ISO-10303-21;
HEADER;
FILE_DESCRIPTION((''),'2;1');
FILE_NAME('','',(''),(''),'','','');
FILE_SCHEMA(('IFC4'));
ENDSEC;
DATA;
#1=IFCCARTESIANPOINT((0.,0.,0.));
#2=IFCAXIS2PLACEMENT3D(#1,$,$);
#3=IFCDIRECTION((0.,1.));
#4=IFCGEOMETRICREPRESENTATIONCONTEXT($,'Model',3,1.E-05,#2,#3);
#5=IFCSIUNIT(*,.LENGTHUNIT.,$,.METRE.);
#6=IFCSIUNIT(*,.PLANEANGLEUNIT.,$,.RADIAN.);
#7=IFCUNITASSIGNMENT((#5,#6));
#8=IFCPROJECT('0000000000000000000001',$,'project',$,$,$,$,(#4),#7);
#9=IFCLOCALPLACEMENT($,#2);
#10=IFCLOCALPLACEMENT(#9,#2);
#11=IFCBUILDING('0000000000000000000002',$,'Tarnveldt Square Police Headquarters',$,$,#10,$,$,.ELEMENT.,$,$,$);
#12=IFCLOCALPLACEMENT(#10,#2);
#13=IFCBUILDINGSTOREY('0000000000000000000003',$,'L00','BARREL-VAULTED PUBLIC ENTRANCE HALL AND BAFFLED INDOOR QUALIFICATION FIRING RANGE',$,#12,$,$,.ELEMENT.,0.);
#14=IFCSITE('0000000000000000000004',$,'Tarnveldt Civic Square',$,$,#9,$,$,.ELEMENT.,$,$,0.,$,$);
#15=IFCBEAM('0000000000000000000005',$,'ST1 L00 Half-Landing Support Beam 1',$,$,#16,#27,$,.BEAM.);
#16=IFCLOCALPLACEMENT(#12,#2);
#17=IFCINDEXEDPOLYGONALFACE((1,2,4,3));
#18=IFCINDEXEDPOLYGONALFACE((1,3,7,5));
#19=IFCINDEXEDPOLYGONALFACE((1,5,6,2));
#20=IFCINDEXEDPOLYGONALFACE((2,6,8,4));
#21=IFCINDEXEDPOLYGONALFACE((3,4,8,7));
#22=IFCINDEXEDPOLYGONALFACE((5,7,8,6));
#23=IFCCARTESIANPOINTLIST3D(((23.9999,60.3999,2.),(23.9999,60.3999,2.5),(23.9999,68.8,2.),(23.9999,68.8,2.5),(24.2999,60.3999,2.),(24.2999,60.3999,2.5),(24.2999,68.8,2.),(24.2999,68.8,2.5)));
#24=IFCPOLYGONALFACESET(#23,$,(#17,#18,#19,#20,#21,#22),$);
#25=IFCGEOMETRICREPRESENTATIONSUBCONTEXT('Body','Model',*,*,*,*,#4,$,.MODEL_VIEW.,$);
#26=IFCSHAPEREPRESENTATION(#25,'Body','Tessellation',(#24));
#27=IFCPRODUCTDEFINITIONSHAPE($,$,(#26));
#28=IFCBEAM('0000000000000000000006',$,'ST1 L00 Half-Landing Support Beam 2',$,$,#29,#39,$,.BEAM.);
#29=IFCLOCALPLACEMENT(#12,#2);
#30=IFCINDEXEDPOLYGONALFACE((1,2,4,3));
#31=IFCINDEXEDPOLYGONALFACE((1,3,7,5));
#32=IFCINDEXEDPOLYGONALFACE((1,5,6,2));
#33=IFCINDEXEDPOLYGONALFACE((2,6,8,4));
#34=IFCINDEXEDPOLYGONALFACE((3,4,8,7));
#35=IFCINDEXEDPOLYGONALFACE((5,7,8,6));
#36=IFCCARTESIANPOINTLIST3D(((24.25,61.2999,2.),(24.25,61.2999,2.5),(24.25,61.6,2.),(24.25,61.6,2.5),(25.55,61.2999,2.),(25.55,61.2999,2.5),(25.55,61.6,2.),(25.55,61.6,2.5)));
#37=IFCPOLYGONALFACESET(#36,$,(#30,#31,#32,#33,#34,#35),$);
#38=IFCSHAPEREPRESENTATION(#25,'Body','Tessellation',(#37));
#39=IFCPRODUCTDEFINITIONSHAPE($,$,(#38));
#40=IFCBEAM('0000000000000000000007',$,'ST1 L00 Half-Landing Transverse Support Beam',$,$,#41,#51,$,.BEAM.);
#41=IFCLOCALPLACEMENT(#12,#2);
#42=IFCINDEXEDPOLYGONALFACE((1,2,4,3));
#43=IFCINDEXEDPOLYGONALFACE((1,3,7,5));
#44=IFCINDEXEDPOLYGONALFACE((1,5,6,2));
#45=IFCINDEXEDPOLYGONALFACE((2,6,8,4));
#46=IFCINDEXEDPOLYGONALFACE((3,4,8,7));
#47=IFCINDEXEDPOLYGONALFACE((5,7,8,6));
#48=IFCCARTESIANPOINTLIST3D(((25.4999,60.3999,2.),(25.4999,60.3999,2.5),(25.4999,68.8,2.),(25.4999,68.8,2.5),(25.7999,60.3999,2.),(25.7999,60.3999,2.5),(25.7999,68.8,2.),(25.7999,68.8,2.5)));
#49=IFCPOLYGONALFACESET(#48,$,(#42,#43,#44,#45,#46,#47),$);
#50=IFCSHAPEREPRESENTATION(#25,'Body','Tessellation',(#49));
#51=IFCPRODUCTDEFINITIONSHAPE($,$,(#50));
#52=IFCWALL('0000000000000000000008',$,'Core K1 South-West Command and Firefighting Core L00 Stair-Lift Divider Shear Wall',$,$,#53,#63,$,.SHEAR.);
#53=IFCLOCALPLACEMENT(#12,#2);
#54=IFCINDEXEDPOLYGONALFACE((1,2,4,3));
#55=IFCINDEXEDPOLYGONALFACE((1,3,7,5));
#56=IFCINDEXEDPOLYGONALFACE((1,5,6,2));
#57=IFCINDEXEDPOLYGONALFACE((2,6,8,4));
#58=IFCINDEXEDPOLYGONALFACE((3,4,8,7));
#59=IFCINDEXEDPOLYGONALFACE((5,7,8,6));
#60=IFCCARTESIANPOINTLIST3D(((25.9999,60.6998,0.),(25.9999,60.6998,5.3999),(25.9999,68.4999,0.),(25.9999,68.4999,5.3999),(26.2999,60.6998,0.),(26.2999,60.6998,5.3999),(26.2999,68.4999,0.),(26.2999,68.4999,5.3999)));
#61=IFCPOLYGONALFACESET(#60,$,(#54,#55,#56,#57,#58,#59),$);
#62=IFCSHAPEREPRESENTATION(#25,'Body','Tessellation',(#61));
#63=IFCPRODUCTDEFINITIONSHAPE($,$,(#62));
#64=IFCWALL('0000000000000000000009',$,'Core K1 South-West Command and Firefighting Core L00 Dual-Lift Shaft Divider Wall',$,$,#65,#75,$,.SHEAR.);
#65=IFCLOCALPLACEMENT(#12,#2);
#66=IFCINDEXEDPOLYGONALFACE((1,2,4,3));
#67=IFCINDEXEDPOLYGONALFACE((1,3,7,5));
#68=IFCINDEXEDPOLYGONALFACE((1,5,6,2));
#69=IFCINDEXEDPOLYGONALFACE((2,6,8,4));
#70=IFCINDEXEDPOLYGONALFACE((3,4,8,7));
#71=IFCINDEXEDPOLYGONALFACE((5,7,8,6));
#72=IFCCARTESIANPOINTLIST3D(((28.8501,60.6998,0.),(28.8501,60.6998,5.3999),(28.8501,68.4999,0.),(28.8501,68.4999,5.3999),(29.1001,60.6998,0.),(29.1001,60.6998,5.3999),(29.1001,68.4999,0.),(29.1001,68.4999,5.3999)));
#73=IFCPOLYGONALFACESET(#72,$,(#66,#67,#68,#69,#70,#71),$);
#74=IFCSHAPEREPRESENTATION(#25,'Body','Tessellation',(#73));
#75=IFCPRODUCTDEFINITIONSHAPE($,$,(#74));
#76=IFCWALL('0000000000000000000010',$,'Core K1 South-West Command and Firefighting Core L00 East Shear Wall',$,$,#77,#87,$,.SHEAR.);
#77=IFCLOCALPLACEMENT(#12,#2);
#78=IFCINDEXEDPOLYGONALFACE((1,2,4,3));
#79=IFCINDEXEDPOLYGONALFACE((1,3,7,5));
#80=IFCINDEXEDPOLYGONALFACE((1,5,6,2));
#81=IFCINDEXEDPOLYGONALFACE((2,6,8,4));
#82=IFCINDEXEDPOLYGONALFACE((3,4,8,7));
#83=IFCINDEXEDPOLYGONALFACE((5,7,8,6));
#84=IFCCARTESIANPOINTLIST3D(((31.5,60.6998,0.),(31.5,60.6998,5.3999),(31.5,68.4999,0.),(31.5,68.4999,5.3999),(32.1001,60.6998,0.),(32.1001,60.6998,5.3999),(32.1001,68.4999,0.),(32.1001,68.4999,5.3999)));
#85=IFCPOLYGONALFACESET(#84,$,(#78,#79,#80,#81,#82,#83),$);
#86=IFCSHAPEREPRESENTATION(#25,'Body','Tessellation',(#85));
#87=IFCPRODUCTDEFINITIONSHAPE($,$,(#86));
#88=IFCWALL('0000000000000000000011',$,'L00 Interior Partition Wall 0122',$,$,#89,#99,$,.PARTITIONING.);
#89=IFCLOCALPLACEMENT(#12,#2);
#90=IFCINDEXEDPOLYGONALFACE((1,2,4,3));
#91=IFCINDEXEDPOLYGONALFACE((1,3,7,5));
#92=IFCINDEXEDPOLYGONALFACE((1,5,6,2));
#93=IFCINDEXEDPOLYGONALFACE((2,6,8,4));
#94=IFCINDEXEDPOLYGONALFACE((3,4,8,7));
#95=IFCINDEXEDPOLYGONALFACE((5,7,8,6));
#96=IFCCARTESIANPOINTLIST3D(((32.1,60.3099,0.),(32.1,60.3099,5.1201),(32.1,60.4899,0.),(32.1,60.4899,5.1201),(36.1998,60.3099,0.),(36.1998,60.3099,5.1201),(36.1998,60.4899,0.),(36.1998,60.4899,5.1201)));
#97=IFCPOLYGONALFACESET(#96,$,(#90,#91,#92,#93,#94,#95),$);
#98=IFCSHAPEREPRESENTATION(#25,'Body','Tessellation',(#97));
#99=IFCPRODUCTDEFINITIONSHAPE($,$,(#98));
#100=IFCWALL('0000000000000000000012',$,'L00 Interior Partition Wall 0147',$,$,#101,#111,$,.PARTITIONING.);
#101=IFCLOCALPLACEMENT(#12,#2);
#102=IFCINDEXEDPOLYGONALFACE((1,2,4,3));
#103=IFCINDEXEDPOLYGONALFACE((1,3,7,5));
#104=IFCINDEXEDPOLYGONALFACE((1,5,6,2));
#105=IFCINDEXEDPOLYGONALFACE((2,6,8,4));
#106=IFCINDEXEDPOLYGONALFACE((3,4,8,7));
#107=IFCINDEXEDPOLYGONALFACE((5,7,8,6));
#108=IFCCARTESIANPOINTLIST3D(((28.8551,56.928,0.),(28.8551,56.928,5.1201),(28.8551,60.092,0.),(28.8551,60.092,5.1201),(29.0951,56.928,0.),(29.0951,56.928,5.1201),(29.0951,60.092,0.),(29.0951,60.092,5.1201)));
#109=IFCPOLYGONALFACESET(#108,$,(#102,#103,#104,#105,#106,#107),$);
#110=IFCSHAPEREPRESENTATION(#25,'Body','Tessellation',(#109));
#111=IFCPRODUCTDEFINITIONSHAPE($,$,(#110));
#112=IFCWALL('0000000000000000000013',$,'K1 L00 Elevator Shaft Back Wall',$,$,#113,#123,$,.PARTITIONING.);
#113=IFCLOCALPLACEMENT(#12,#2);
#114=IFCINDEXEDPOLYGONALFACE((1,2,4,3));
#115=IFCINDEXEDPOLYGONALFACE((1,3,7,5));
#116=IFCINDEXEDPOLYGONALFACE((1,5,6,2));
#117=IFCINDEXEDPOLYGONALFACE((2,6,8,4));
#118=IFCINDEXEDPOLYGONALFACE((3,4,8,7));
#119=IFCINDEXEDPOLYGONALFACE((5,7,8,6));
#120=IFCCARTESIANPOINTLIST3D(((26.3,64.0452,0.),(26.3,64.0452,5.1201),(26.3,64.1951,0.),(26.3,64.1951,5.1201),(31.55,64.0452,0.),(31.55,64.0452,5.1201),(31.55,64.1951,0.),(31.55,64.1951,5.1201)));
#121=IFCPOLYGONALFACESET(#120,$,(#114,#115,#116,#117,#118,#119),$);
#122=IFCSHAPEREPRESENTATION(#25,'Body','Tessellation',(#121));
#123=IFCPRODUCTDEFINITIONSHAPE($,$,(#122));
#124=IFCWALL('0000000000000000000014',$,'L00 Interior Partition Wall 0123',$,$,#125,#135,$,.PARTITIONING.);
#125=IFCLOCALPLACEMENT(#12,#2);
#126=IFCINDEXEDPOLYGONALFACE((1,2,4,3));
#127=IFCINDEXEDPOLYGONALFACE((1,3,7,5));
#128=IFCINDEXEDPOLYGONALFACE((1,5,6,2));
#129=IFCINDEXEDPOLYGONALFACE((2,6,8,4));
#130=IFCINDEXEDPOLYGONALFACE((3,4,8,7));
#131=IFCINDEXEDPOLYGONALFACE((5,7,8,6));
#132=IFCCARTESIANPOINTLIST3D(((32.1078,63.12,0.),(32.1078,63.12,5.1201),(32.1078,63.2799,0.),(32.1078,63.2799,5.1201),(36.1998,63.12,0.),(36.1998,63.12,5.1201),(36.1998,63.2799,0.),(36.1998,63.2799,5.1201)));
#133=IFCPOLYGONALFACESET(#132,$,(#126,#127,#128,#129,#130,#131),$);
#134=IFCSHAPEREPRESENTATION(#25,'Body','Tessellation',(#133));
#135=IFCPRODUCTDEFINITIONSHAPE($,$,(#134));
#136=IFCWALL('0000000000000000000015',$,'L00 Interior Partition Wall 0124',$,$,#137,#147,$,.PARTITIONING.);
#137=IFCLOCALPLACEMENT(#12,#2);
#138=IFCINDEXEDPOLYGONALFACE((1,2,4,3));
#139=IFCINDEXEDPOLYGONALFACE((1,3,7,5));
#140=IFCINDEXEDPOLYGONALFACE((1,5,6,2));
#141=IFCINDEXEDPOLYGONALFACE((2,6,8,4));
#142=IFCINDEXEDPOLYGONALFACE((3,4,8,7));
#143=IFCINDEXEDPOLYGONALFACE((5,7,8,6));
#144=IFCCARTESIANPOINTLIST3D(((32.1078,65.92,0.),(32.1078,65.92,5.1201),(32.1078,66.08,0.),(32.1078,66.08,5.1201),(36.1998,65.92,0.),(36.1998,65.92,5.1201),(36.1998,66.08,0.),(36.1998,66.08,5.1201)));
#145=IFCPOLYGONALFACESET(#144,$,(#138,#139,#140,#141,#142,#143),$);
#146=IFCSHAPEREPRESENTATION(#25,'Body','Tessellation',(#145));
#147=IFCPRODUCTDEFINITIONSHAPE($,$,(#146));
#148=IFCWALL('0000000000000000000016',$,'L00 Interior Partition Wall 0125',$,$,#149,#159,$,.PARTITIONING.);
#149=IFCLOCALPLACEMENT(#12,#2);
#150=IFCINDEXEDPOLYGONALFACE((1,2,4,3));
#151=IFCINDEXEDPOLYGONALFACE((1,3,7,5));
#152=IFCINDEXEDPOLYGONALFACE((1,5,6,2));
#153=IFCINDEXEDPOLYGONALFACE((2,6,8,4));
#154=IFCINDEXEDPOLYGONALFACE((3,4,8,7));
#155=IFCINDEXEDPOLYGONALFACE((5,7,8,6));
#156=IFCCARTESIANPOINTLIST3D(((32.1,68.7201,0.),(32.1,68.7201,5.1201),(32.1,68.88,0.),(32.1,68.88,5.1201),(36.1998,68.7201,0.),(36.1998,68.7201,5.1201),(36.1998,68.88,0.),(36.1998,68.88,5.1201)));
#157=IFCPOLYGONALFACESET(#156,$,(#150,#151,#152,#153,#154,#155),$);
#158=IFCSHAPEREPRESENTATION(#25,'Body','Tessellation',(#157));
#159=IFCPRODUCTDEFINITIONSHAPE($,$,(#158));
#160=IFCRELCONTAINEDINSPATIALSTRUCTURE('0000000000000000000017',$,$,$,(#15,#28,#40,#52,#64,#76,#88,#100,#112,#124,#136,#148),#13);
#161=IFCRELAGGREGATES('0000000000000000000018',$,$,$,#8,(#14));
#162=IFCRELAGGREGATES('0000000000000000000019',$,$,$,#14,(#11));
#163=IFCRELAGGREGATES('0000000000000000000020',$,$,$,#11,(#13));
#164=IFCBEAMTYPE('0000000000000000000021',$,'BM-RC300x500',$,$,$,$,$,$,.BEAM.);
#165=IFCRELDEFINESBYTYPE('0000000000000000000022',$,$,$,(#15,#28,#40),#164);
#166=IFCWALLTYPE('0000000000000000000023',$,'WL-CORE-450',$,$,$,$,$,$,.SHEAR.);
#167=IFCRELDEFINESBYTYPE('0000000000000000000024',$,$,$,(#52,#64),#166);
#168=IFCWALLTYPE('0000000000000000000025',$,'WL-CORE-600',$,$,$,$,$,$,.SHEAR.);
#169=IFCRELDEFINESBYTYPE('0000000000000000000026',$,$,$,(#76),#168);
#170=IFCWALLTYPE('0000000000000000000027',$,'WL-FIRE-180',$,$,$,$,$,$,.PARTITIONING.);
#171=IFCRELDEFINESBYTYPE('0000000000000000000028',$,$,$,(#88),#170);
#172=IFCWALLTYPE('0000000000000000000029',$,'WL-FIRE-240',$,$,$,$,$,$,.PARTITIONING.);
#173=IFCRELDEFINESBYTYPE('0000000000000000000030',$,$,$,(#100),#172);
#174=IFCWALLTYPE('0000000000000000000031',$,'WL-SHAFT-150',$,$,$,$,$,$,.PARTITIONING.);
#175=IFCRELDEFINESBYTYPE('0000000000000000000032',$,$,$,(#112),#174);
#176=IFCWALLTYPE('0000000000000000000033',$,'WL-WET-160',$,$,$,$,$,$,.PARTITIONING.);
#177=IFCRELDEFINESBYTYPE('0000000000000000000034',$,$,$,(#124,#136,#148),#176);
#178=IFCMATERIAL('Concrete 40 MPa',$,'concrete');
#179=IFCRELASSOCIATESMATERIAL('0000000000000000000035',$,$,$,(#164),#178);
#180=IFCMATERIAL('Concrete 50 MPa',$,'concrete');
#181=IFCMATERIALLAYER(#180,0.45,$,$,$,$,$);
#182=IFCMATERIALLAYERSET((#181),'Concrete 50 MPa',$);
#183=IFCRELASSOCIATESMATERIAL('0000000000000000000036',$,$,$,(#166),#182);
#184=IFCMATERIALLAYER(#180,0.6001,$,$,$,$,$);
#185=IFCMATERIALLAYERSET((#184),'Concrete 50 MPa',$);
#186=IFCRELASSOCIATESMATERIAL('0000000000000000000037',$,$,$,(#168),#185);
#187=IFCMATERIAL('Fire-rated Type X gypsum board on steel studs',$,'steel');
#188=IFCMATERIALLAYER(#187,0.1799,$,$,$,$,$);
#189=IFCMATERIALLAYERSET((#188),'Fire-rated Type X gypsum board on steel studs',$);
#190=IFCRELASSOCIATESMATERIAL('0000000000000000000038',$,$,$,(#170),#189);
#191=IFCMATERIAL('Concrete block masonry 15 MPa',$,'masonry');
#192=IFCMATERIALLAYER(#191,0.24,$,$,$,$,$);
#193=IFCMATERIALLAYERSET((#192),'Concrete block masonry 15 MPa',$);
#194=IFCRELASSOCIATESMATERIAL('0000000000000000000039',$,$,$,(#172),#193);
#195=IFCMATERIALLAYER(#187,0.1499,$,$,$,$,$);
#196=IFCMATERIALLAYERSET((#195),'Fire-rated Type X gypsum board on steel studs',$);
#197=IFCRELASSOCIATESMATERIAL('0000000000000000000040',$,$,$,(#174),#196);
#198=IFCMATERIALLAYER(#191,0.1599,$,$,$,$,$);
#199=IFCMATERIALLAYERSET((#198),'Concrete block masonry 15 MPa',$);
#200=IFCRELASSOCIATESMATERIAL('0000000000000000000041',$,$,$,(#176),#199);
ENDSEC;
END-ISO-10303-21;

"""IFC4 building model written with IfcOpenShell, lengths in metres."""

from ifc_helpers import new_model, si_unit, direction, frame, frame_2d, origin, origin_2d, place, context, subcontext, project, spatial, rectangle, extrude, material, layer, layer_set, material_profile, profile_set, type_object, element, save


model = new_model("IFC4")

# Units and contexts
model_context = context("Model", 3, precision=1e-05, world=origin(), true_north=direction((0.0, 1.0)))
body_context = subcontext(model_context, "Body", "Model", "MODEL_VIEW")
ifc_project = project(units=[si_unit("LENGTHUNIT", "METRE"), si_unit("PLANEANGLEUNIT", "RADIAN")], contexts=[model_context])

# Site, building, storey
site_placement = place(None, origin())
site = spatial("IfcSite", under=ifc_project, at=site_placement, Name="Tarnveldt Civic Square", CompositionType="ELEMENT", RefElevation=0.0)
building_placement = place(site_placement, origin())
building = spatial("IfcBuilding", under=site, at=building_placement, Name="Tarnveldt Square Police Headquarters", CompositionType="ELEMENT")
storey_placement = place(building_placement, origin())
storey = spatial("IfcBuildingStorey", under=building, at=storey_placement, Name="L00", Description="BARREL-VAULTED PUBLIC ENTRANCE HALL AND BAFFLED INDOOR QUALIFICATION FIRING RANGE", CompositionType="ELEMENT", Elevation=0.0)

# Beams
ifc_material_1 = material(Name="Concrete 40 MPa", Category="concrete")
ifc_material_profile = material_profile(ifc_material_1, rectangle(XDim=0.3, YDim=0.5, at=origin_2d()), Name="RC-B300x500")
ifc_profile_set = profile_set([ifc_material_profile], Name="Concrete 40 MPa")
beam_type = type_object("IfcBeamType", Name="BM-RC300x500", PredefinedType="BEAM", material=ifc_profile_set)
beam_1_placement = place(storey_placement, frame((24.1499, 60.3999, 2.25), z_axis=(0.0, 1.0, 0.0), x_axis=(-1.0, 0.0, 0.0)))
element("IfcBeam", 1, at=beam_1_placement, inside=storey, type_object=beam_type, Name="ST1 L00 Half-Landing Support Beam 1", PredefinedType="BEAM", context=body_context, shape_type="SweptSolid", body=[
    extrude(rectangle(XDim=0.3, YDim=0.5, at=origin_2d()), origin(), (0.0, 0.0, 1.0), 8.4001),
])
beam_2_placement = place(storey_placement, frame((24.25, 61.45, 2.25), z_axis=(1.0, 0.0, 0.0), x_axis=(0.0, 1.0, 0.0)))
element("IfcBeam", 2, at=beam_2_placement, inside=storey, type_object=beam_type, Name="ST1 L00 Half-Landing Support Beam 2", PredefinedType="BEAM", context=body_context, shape_type="SweptSolid", body=[
    extrude(rectangle(XDim=0.3, YDim=0.5, at=origin_2d()), origin(), (0.0, 0.0, 1.0), 1.3),
])
beam_3_placement = place(storey_placement, frame((25.6499, 60.3999, 2.25), z_axis=(0.0, 1.0, 0.0), x_axis=(-1.0, 0.0, 0.0)))
element("IfcBeam", 3, at=beam_3_placement, inside=storey, type_object=beam_type, Name="ST1 L00 Half-Landing Transverse Support Beam", PredefinedType="BEAM", context=body_context, shape_type="SweptSolid", body=[
    extrude(rectangle(XDim=0.3, YDim=0.5, at=origin_2d()), origin(), (0.0, 0.0, 1.0), 8.4001),
])

# Walls
ifc_material_2 = material(Name="Concrete 50 MPa", Category="concrete")
ifc_layer_1 = layer(ifc_material_2, 0.45)
ifc_layer_set_1 = layer_set([ifc_layer_1], Name="Concrete 50 MPa")
wall_type_1 = type_object("IfcWallType", Name="WL-CORE-450", PredefinedType="SHEAR", material=ifc_layer_set_1)
wall_1_placement = place(storey_placement, frame((26.1499, 60.7, 0.0), z_axis=(0.0, 0.0, 1.0), x_axis=(0.0, 1.0, 0.0)))
element("IfcWall", 4, at=wall_1_placement, inside=storey, type_object=wall_type_1, Name="Core K1 South-West Command and Firefighting Core L00 Stair-Lift Divider Shear Wall", PredefinedType="SHEAR", context=body_context, shape_type="SweptSolid", body=[
    extrude(rectangle(XDim=7.8, YDim=0.3, at=frame_2d((3.8999, 0.0))), origin(), (0.0, 0.0, 1.0), 5.3999),
])
wall_2_placement = place(storey_placement, frame((28.9751, 60.7, 0.0), z_axis=(0.0, 0.0, 1.0), x_axis=(0.0, 1.0, 0.0)))
element("IfcWall", 5, at=wall_2_placement, inside=storey, type_object=wall_type_1, Name="Core K1 South-West Command and Firefighting Core L00 Dual-Lift Shaft Divider Wall", PredefinedType="SHEAR", context=body_context, shape_type="SweptSolid", body=[
    extrude(rectangle(XDim=7.8, YDim=0.25, at=frame_2d((3.8999, 0.0))), origin(), (0.0, 0.0, 1.0), 5.3999),
])
ifc_layer_2 = layer(ifc_material_2, 0.6001)
ifc_layer_set_2 = layer_set([ifc_layer_2], Name="Concrete 50 MPa")
wall_type_2 = type_object("IfcWallType", Name="WL-CORE-600", PredefinedType="SHEAR", material=ifc_layer_set_2)
wall_3_placement = place(storey_placement, frame((31.8, 60.7, 0.0), z_axis=(0.0, 0.0, 1.0), x_axis=(0.0, 1.0, 0.0)))
element("IfcWall", 6, at=wall_3_placement, inside=storey, type_object=wall_type_2, Name="Core K1 South-West Command and Firefighting Core L00 East Shear Wall", PredefinedType="SHEAR", context=body_context, shape_type="SweptSolid", body=[
    extrude(rectangle(XDim=7.8, YDim=0.6001, at=frame_2d((3.8999, 0.0))), origin(), (0.0, 0.0, 1.0), 5.3999),
])
ifc_material_3 = material(Name="Fire-rated Type X gypsum board on steel studs", Category="steel")
ifc_layer_3 = layer(ifc_material_3, 0.1799)
ifc_layer_set_3 = layer_set([ifc_layer_3], Name="Fire-rated Type X gypsum board on steel studs")
wall_type_3 = type_object("IfcWallType", Name="WL-FIRE-180", PredefinedType="PARTITIONING", material=ifc_layer_set_3)
wall_4_placement = place(storey_placement, frame((32.1001, 60.3999, 0.0), z_axis=(0.0, 0.0, 1.0), x_axis=(1.0, 0.0, 0.0)))
element("IfcWall", 7, at=wall_4_placement, inside=storey, type_object=wall_type_3, Name="L00 Interior Partition Wall 0122", PredefinedType="PARTITIONING", context=body_context, shape_type="SweptSolid", body=[
    extrude(rectangle(XDim=4.0999, YDim=0.1799, at=frame_2d((2.0498, 0.0))), origin(), (0.0, 0.0, 1.0), 5.1201),
])
ifc_material_4 = material(Name="Concrete block masonry 15 MPa", Category="masonry")
ifc_layer_4 = layer(ifc_material_4, 0.24)
ifc_layer_set_4 = layer_set([ifc_layer_4], Name="Concrete block masonry 15 MPa")
wall_type_4 = type_object("IfcWallType", Name="WL-FIRE-240", PredefinedType="PARTITIONING", material=ifc_layer_set_4)
wall_5_placement = place(storey_placement, frame((28.9751, 56.928, 0.0), z_axis=(0.0, 0.0, 1.0), x_axis=(0.0, 1.0, 0.0)))
element("IfcWall", 8, at=wall_5_placement, inside=storey, type_object=wall_type_4, Name="L00 Interior Partition Wall 0147", PredefinedType="PARTITIONING", context=body_context, shape_type="SweptSolid", body=[
    extrude(rectangle(XDim=3.1641, YDim=0.24, at=frame_2d((1.582, 0.0))), origin(), (0.0, 0.0, 1.0), 5.1201),
])
ifc_layer_5 = layer(ifc_material_3, 0.1499)
ifc_layer_set_5 = layer_set([ifc_layer_5], Name="Fire-rated Type X gypsum board on steel studs")
wall_type_5 = type_object("IfcWallType", Name="WL-SHAFT-150", PredefinedType="PARTITIONING", material=ifc_layer_set_5)
wall_6_placement = place(storey_placement, frame((26.3, 64.1201, 0.0), z_axis=(0.0, 0.0, 1.0), x_axis=(1.0, 0.0, 0.0)))
element("IfcWall", 9, at=wall_6_placement, inside=storey, type_object=wall_type_5, Name="K1 L00 Elevator Shaft Back Wall", PredefinedType="PARTITIONING", context=body_context, shape_type="SweptSolid", body=[
    extrude(rectangle(XDim=5.25, YDim=0.1499, at=frame_2d((2.625, 0.0))), origin(), (0.0, 0.0, 1.0), 5.1201),
])
ifc_layer_6 = layer(ifc_material_4, 0.1599)
ifc_layer_set_6 = layer_set([ifc_layer_6], Name="Concrete block masonry 15 MPa")
wall_type_6 = type_object("IfcWallType", Name="WL-WET-160", PredefinedType="PARTITIONING", material=ifc_layer_set_6)
for number, where, z_axis, x_axis, name in (
    (10, (32.1079, 63.2, 0.0), (0.0, 0.0, 1.0), (1.0, 0.0, 0.0), "L00 Interior Partition Wall 0123"),
    (11, (32.1079, 66.0, 0.0), (0.0, 0.0, 1.0), (1.0, 0.0, 0.0), "L00 Interior Partition Wall 0124"),
):
    element("IfcWall", number, at=place(storey_placement, frame(where, z_axis=z_axis, x_axis=x_axis)), inside=storey, type_object=wall_type_6, Name=name, PredefinedType="PARTITIONING", context=body_context, shape_type="SweptSolid", body=[
        extrude(rectangle(XDim=4.092, YDim=0.1599, at=frame_2d((2.0459, 0.0))), origin(), (0.0, 0.0, 1.0), 5.1201),
    ])
wall_7_placement = place(storey_placement, frame((32.1001, 68.8, 0.0), z_axis=(0.0, 0.0, 1.0), x_axis=(1.0, 0.0, 0.0)))
element("IfcWall", 12, at=wall_7_placement, inside=storey, type_object=wall_type_6, Name="L00 Interior Partition Wall 0125", PredefinedType="PARTITIONING", context=body_context, shape_type="SweptSolid", body=[
    extrude(rectangle(XDim=4.0999, YDim=0.1599, at=frame_2d((2.0498, 0.0))), origin(), (0.0, 0.0, 1.0), 5.1201),
])

save(model, "model.ifc")
